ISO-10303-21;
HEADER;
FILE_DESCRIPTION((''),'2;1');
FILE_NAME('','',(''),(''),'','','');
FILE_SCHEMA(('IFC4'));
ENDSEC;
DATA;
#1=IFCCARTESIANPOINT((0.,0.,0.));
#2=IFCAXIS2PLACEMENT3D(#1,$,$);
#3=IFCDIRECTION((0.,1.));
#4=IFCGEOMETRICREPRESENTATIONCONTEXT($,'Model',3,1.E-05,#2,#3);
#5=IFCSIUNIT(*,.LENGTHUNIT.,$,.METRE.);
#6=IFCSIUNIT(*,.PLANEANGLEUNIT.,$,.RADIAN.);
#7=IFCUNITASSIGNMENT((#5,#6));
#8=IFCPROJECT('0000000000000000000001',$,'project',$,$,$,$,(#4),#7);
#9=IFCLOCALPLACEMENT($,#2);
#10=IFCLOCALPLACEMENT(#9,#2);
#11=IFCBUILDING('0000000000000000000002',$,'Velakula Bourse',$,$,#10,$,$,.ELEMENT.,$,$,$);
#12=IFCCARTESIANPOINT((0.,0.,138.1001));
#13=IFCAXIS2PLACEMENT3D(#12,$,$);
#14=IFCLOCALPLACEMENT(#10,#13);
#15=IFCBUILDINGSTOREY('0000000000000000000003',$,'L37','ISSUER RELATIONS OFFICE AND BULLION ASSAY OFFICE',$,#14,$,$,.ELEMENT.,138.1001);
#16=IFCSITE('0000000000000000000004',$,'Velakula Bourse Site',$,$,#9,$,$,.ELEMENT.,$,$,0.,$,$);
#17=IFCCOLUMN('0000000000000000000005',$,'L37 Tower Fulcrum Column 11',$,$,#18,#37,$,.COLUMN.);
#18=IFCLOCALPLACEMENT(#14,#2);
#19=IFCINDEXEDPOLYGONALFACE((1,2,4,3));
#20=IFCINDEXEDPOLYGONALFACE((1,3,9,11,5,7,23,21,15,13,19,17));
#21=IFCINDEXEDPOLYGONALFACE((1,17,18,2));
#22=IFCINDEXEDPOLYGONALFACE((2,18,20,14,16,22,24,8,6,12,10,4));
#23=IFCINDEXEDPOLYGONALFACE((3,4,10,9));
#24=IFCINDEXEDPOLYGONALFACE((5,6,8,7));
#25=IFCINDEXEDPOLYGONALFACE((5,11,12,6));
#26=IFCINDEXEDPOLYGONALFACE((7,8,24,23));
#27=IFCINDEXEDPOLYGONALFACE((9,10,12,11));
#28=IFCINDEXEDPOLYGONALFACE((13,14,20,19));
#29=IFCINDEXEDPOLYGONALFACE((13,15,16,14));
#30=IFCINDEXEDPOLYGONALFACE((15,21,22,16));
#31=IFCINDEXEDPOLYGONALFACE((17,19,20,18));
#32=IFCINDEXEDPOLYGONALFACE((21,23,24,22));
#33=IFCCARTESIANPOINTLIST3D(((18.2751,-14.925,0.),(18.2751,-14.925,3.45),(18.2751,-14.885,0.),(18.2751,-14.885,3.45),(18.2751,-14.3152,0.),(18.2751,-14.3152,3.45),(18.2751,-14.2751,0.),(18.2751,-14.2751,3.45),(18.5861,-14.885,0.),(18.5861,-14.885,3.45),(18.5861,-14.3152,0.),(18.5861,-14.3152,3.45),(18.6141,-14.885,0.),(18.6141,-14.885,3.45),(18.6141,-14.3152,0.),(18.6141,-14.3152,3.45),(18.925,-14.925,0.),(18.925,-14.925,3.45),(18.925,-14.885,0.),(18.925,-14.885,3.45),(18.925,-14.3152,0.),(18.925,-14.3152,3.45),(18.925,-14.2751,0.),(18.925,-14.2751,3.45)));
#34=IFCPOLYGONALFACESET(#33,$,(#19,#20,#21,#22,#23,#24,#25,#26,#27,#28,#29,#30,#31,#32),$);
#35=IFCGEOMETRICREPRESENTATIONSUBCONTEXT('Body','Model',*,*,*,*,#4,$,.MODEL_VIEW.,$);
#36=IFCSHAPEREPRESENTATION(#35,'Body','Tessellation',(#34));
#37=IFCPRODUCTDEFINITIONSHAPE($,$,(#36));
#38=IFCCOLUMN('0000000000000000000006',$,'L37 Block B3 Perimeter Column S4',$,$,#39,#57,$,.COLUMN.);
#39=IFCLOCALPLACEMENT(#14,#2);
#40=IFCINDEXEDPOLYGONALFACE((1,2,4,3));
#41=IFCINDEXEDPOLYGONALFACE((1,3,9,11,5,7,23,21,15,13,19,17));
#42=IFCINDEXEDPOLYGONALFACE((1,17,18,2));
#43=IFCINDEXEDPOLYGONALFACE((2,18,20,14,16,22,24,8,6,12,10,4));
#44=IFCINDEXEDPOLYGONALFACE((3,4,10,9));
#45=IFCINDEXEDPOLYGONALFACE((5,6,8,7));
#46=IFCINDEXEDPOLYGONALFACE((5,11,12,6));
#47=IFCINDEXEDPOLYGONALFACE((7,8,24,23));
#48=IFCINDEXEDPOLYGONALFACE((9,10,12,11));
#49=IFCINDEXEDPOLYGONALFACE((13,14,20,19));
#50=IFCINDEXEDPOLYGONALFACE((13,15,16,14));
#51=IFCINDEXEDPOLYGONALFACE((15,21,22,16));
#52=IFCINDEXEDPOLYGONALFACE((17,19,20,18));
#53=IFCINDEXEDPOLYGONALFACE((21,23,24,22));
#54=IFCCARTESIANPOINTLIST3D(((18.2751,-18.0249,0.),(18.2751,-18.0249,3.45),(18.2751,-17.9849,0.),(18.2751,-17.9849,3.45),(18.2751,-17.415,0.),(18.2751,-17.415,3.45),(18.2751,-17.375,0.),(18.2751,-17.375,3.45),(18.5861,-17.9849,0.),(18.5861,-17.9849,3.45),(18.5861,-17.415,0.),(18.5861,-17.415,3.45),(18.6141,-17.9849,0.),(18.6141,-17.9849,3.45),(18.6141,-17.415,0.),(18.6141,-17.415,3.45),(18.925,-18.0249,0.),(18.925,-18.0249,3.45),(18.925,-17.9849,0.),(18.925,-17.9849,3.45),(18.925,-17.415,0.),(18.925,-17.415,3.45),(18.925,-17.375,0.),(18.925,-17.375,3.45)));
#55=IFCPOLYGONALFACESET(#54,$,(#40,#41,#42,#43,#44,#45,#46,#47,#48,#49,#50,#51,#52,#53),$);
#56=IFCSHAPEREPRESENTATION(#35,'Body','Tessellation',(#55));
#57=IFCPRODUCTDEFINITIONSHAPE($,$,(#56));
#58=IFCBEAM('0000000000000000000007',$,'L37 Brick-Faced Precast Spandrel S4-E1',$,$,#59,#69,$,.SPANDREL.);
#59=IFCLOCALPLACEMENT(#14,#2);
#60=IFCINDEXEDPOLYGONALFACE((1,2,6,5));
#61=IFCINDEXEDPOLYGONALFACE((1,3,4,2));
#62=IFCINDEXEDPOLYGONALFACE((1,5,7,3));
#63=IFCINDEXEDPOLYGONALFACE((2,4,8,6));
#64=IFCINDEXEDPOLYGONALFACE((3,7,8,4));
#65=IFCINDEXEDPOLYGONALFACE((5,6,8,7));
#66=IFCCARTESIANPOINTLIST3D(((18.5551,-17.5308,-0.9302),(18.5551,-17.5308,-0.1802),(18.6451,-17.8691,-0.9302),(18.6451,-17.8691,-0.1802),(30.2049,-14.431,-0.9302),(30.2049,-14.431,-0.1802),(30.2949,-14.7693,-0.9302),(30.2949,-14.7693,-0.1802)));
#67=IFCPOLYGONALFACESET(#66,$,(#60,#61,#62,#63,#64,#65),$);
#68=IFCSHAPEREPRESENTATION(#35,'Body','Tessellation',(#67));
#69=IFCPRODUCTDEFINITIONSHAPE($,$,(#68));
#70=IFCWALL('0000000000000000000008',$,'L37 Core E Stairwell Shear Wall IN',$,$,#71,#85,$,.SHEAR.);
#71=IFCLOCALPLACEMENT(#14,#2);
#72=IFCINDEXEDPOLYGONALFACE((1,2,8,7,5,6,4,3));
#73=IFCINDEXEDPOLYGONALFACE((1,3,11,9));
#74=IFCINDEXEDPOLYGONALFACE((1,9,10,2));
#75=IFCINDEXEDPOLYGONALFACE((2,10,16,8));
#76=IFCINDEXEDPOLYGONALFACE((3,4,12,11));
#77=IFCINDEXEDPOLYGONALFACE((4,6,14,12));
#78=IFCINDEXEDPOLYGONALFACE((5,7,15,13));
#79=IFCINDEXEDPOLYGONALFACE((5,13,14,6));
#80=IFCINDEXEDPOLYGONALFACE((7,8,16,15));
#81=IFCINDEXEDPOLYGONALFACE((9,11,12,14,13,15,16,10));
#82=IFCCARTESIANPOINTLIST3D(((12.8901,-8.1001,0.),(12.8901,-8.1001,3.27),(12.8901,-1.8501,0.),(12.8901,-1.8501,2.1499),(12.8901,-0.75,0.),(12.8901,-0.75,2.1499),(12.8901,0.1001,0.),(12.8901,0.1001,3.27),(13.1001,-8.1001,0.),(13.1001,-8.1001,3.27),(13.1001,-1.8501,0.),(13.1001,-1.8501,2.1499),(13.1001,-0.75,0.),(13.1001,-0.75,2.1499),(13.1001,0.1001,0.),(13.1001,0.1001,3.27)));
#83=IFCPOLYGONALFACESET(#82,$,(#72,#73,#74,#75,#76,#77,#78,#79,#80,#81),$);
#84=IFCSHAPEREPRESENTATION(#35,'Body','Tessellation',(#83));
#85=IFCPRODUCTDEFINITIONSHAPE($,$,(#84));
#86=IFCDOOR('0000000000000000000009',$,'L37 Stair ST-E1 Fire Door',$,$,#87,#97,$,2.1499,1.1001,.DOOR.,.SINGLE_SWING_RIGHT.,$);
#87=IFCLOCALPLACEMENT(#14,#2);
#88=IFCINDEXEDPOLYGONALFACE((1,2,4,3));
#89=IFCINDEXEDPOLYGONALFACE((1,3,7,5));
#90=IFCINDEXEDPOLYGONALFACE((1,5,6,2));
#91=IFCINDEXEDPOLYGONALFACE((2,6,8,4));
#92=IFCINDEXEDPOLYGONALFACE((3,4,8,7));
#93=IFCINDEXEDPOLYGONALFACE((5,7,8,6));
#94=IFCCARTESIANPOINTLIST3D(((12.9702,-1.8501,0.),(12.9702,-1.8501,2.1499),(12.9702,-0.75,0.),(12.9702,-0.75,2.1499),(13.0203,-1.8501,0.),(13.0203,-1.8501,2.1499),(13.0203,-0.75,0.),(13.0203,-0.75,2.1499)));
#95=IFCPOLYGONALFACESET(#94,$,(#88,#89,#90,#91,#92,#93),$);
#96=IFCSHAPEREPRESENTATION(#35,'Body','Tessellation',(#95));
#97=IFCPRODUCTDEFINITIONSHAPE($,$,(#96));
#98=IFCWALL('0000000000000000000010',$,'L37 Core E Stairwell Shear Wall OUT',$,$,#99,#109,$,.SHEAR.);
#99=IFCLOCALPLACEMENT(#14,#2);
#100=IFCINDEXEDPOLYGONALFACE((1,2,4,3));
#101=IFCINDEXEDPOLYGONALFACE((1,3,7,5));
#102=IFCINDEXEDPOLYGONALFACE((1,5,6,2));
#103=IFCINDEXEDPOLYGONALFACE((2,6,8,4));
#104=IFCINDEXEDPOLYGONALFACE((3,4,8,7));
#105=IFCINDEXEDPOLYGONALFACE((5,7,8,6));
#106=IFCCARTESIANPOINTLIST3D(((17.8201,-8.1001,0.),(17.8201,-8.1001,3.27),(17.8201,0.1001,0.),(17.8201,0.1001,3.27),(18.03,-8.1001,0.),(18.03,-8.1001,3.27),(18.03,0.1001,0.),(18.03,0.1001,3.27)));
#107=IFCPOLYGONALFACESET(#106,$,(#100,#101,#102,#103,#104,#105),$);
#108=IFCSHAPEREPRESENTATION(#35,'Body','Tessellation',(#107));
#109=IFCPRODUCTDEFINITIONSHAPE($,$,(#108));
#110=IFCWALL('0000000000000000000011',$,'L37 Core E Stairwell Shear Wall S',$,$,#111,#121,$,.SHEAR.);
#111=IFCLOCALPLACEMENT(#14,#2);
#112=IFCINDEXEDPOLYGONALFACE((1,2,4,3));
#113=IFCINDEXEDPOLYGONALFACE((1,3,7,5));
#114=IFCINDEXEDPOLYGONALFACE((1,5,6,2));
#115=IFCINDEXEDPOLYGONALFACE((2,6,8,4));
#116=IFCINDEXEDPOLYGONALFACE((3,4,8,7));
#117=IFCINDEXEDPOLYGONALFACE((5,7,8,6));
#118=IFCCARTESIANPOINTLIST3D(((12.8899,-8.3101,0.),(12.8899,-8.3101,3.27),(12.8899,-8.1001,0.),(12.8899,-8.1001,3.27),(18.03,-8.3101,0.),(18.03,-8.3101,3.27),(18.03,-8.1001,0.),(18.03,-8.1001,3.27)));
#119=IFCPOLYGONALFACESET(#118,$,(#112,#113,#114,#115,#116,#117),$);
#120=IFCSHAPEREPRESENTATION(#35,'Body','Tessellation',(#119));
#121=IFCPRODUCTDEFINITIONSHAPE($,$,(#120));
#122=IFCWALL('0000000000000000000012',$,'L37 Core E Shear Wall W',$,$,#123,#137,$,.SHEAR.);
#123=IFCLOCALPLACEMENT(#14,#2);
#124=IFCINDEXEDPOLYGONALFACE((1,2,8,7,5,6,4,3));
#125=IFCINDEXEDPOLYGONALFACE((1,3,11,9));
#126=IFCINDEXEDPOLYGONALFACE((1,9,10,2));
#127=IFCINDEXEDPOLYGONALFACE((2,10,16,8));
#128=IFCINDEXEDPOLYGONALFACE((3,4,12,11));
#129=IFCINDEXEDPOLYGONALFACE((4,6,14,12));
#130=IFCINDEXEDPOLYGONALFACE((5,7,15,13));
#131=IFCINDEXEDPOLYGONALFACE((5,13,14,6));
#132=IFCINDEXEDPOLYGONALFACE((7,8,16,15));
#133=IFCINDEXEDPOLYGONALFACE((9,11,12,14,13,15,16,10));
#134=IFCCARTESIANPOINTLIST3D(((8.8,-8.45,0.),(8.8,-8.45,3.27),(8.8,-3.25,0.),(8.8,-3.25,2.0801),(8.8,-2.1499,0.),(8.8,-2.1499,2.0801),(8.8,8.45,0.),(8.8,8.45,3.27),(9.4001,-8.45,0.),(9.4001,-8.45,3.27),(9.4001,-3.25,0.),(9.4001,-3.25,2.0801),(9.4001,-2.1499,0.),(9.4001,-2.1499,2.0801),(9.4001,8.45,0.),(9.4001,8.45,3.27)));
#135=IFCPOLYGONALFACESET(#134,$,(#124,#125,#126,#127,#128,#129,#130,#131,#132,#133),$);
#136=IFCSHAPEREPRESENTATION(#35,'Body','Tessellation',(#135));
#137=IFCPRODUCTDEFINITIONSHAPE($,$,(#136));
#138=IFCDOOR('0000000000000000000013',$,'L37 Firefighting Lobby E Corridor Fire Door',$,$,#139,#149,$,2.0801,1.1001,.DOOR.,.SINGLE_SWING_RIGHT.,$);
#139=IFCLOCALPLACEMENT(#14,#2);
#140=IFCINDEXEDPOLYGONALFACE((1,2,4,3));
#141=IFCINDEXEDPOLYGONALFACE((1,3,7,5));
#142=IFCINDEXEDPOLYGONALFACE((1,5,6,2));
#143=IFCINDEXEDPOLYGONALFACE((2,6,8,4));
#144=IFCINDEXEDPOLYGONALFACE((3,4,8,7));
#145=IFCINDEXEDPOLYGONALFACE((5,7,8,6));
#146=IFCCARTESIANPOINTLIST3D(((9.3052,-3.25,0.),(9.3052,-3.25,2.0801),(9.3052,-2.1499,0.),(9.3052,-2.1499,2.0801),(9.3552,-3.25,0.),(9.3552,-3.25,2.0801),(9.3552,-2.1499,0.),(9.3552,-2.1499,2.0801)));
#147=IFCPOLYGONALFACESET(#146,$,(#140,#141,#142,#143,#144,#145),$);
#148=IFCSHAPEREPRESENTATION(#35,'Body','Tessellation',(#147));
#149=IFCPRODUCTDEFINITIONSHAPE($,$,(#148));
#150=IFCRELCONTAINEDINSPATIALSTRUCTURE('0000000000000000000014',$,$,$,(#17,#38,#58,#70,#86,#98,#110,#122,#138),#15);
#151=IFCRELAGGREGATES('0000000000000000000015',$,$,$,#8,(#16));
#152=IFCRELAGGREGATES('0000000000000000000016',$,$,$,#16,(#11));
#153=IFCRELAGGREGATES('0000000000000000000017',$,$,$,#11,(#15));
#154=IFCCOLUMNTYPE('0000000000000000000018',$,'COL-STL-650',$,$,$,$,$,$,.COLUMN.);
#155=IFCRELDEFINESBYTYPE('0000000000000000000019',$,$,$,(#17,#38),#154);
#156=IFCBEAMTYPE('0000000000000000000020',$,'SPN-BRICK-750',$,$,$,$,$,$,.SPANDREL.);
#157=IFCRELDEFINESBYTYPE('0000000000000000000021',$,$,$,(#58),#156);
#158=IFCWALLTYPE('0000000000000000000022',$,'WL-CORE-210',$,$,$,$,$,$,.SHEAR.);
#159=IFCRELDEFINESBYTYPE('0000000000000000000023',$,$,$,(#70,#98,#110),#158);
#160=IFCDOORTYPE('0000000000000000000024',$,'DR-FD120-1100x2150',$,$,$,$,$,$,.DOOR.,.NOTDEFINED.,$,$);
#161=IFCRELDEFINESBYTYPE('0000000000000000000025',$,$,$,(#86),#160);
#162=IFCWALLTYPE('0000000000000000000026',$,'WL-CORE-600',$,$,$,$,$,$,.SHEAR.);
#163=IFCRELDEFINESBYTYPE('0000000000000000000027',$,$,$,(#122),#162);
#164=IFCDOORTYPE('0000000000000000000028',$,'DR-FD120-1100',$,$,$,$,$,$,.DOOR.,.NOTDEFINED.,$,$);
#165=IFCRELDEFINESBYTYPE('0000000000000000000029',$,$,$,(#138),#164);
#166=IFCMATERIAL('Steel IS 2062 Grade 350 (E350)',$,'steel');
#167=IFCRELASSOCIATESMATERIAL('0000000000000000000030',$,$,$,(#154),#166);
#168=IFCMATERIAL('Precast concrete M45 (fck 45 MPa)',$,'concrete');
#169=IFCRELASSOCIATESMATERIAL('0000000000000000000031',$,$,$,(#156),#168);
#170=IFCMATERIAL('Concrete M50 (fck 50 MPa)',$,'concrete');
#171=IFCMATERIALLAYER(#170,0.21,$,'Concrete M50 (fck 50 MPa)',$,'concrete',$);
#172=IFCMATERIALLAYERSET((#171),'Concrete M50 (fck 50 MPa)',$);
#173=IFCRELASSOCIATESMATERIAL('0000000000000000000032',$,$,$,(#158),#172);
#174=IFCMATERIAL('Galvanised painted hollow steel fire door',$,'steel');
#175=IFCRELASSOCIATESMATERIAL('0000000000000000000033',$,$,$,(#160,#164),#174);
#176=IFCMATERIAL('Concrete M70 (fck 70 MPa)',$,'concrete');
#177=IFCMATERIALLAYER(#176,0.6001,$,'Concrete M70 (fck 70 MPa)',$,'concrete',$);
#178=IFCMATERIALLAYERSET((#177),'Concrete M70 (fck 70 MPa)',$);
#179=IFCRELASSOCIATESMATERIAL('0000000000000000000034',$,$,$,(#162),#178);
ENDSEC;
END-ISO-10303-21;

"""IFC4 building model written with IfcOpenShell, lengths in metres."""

from ifc_helpers import new_model, si_unit, direction, frame, frame_2d, origin, origin_2d, place, context, subcontext, project, spatial, rectangle, i_section, extrude, material, layer, layer_set, material_profile, profile_set, type_object, element, fill, save


model = new_model("IFC4")

# Units and contexts
model_context = context("Model", 3, precision=1e-05, world=origin(), true_north=direction((0.0, 1.0)))
body_context = subcontext(model_context, "Body", "Model", "MODEL_VIEW")
ifc_project = project(units=[si_unit("LENGTHUNIT", "METRE"), si_unit("PLANEANGLEUNIT", "RADIAN")], contexts=[model_context])

# Site, building, storey
site_placement = place(None, origin())
site = spatial("IfcSite", under=ifc_project, at=site_placement, Name="Velakula Bourse Site", CompositionType="ELEMENT", RefElevation=0.0)
building_placement = place(site_placement, origin())
building = spatial("IfcBuilding", under=site, at=building_placement, Name="Velakula Bourse", CompositionType="ELEMENT")
storey_placement = place(building_placement, frame((0.0, 0.0, 138.1001)))
storey = spatial("IfcBuildingStorey", under=building, at=storey_placement, Name="L37", Description="ISSUER RELATIONS OFFICE AND BULLION ASSAY OFFICE", CompositionType="ELEMENT", Elevation=138.1001)

# Columns
ifc_material_1 = material(Name="Steel IS 2062 Grade 350 (E350)", Category="steel")
ifc_material_profile_1 = material_profile(ifc_material_1, i_section(OverallWidth=0.6499, OverallDepth=0.6499, WebThickness=0.0281, FlangeThickness=0.04, at=origin_2d()), Name="Steel IS 2062 Grade 350 (E350)")
ifc_profile_set_1 = profile_set([ifc_material_profile_1], Name="Steel IS 2062 Grade 350 (E350)")
column_type = type_object("IfcColumnType", Name="COL-STL-650", PredefinedType="COLUMN", material=ifc_profile_set_1)
for number, where, z_axis, x_axis, name in (
    (1, (18.6001, -14.6001, 0.0), (0.0, 0.0, 1.0), (1.0, 0.0, 0.0), "L37 Tower Fulcrum Column 11"),
    (2, (18.6001, -17.7, 0.0), (0.0, 0.0, 1.0), (1.0, 0.0, 0.0), "L37 Block B3 Perimeter Column S4"),
):
    element("IfcColumn", number, at=place(storey_placement, frame(where, z_axis=z_axis, x_axis=x_axis)), inside=storey, type_object=column_type, Name=name, PredefinedType="COLUMN", context=body_context, shape_type="SweptSolid", body=[
        extrude(i_section(OverallWidth=0.6499, OverallDepth=0.6499, WebThickness=0.0281, FlangeThickness=0.04, at=origin_2d()), origin(), (0.0, 0.0, 1.0), 3.45),
    ])

# Beam
ifc_material_2 = material(Name="Precast concrete M45 (fck 45 MPa)", Category="concrete")
ifc_material_profile_2 = material_profile(ifc_material_2, rectangle(XDim=0.3501, YDim=0.75, at=origin_2d()), Name="Precast concrete M45 (fck 45 MPa)")
ifc_profile_set_2 = profile_set([ifc_material_profile_2], Name="Precast concrete M45 (fck 45 MPa)")
beam_type = type_object("IfcBeamType", Name="SPN-BRICK-750", PredefinedType="SPANDREL", material=ifc_profile_set_2)
beam_placement = place(storey_placement, frame((18.6001, -17.7, -0.5552), z_axis=(0.966375, 0.257137, 0.0), x_axis=(-0.257137, 0.966375, 0.0)))
element("IfcBeam", 3, at=beam_placement, inside=storey, type_object=beam_type, Name="L37 Brick-Faced Precast Spandrel S4-E1", PredefinedType="SPANDREL", context=body_context, shape_type="SweptSolid", body=[
    extrude(rectangle(XDim=0.3501, YDim=0.75, at=origin_2d()), origin(), (0.0, 0.0, 1.0), 12.0552),
])

# Wall, opening, door
ifc_material_3 = material(Name="Concrete M50 (fck 50 MPa)", Category="concrete")
ifc_layer_1 = layer(ifc_material_3, 0.21, Name="Concrete M50 (fck 50 MPa)", Category="concrete")
ifc_layer_set_1 = layer_set([ifc_layer_1], Name="Concrete M50 (fck 50 MPa)")
wall_type_1 = type_object("IfcWallType", Name="WL-CORE-210", PredefinedType="SHEAR", material=ifc_layer_set_1)
wall_1_placement = place(storey_placement, frame((12.9951, -8.1001, 0.0), z_axis=(0.0, 0.0, 1.0), x_axis=(0.0, 1.0, 0.0)))
wall_1 = element("IfcWall", 4, at=wall_1_placement, inside=storey, type_object=wall_type_1, Name="L37 Core E Stairwell Shear Wall IN", PredefinedType="SHEAR", context=body_context, shape_type="SweptSolid", body=[
    extrude(rectangle(XDim=8.2002, YDim=0.21, at=frame_2d((4.1001, 0.0))), origin(), (0.0, 0.0, 1.0), 3.27),
])
opening_1_placement = place(wall_1_placement, frame((6.25, 0.0, 0.0)))
opening_1 = element("IfcOpeningElement", 5, at=opening_1_placement, cuts=wall_1, PredefinedType="OPENING", context=body_context, shape_type="SweptSolid", body=[
    extrude(rectangle(XDim=1.1001, YDim=2.1499, at=frame_2d((0.55, 1.075))), frame((0.0, 0.115, 0.0), z_axis=(0.0, -1.0, 0.0), x_axis=(1.0, 0.0, 0.0)), (0.0, 0.0, 1.0), 0.23),
])
ifc_material_4 = material(Name="Galvanised painted hollow steel fire door", Category="steel")
door_type_1 = type_object("IfcDoorType", Name="DR-FD120-1100x2150", OperationType="NOTDEFINED", PredefinedType="DOOR", material=ifc_material_4)
door_1_placement = place(opening_1_placement, origin())
door_1 = element("IfcDoor", 6, at=door_1_placement, inside=storey, type_object=door_type_1, Name="L37 Stair ST-E1 Fire Door", OperationType="SINGLE_SWING_RIGHT", OverallHeight=2.1499, OverallWidth=1.1001, PredefinedType="DOOR", context=body_context, shape_type="SweptSolid", body=[
    extrude(rectangle(XDim=1.1001, YDim=2.1499, at=frame_2d((0.55, 1.075))), frame((0.0, 0.0249, 0.0), z_axis=(0.0, -1.0, 0.0), x_axis=(1.0, 0.0, 0.0)), (0.0, 0.0, 1.0), 0.05),
])
fill(opening_1, door_1)

# Walls
wall_2_placement = place(storey_placement, frame((17.925, -8.1001, 0.0), z_axis=(0.0, 0.0, 1.0), x_axis=(0.0, 1.0, 0.0)))
element("IfcWall", 7, at=wall_2_placement, inside=storey, type_object=wall_type_1, Name="L37 Core E Stairwell Shear Wall OUT", PredefinedType="SHEAR", context=body_context, shape_type="SweptSolid", body=[
    extrude(rectangle(XDim=8.2002, YDim=0.21, at=frame_2d((4.1001, 0.0))), origin(), (0.0, 0.0, 1.0), 3.27),
])
wall_3_placement = place(storey_placement, frame((12.8899, -8.2051, 0.0), z_axis=(0.0, 0.0, 1.0), x_axis=(1.0, 0.0, 0.0)))
element("IfcWall", 8, at=wall_3_placement, inside=storey, type_object=wall_type_1, Name="L37 Core E Stairwell Shear Wall S", PredefinedType="SHEAR", context=body_context, shape_type="SweptSolid", body=[
    extrude(rectangle(XDim=5.1401, YDim=0.21, at=frame_2d((2.5701, 0.0))), origin(), (0.0, 0.0, 1.0), 3.27),
])

# Wall, opening, door
ifc_material_5 = material(Name="Concrete M70 (fck 70 MPa)", Category="concrete")
ifc_layer_2 = layer(ifc_material_5, 0.6001, Name="Concrete M70 (fck 70 MPa)", Category="concrete")
ifc_layer_set_2 = layer_set([ifc_layer_2], Name="Concrete M70 (fck 70 MPa)")
wall_type_2 = type_object("IfcWallType", Name="WL-CORE-600", PredefinedType="SHEAR", material=ifc_layer_set_2)
wall_4_placement = place(storey_placement, frame((9.1001, -8.45, 0.0), z_axis=(0.0, 0.0, 1.0), x_axis=(0.0, 1.0, 0.0)))
wall_4 = element("IfcWall", 9, at=wall_4_placement, inside=storey, type_object=wall_type_2, Name="L37 Core E Shear Wall W", PredefinedType="SHEAR", context=body_context, shape_type="SweptSolid", body=[
    extrude(rectangle(XDim=16.8999, YDim=0.6001, at=frame_2d((8.45, 0.0))), origin(), (0.0, 0.0, 1.0), 3.27),
])
opening_2_placement = place(wall_4_placement, frame((5.2, 0.0, 0.0)))
opening_2 = element("IfcOpeningElement", 10, at=opening_2_placement, cuts=wall_4, PredefinedType="OPENING", context=body_context, shape_type="SweptSolid", body=[
    extrude(rectangle(XDim=1.1001, YDim=2.0801, at=frame_2d((0.55, 1.04))), frame((0.0, 0.3101, 0.0), z_axis=(0.0, -1.0, 0.0), x_axis=(1.0, 0.0, 0.0)), (0.0, 0.0, 1.0), 0.6201),
])
door_type_2 = type_object("IfcDoorType", Name="DR-FD120-1100", OperationType="NOTDEFINED", PredefinedType="DOOR", material=ifc_material_4)
door_2_placement = place(opening_2_placement, origin())
door_2 = element("IfcDoor", 11, at=door_2_placement, inside=storey, type_object=door_type_2, Name="L37 Firefighting Lobby E Corridor Fire Door", OperationType="SINGLE_SWING_RIGHT", OverallHeight=2.0801, OverallWidth=1.1001, PredefinedType="DOOR", context=body_context, shape_type="SweptSolid", body=[
    extrude(rectangle(XDim=1.1001, YDim=2.0801, at=frame_2d((0.55, 1.04))), frame((0.0, -0.2051, 0.0), z_axis=(0.0, -1.0, 0.0), x_axis=(1.0, 0.0, 0.0)), (0.0, 0.0, 1.0), 0.05),
])
fill(opening_2, door_2)

save(model, "model.ifc")
